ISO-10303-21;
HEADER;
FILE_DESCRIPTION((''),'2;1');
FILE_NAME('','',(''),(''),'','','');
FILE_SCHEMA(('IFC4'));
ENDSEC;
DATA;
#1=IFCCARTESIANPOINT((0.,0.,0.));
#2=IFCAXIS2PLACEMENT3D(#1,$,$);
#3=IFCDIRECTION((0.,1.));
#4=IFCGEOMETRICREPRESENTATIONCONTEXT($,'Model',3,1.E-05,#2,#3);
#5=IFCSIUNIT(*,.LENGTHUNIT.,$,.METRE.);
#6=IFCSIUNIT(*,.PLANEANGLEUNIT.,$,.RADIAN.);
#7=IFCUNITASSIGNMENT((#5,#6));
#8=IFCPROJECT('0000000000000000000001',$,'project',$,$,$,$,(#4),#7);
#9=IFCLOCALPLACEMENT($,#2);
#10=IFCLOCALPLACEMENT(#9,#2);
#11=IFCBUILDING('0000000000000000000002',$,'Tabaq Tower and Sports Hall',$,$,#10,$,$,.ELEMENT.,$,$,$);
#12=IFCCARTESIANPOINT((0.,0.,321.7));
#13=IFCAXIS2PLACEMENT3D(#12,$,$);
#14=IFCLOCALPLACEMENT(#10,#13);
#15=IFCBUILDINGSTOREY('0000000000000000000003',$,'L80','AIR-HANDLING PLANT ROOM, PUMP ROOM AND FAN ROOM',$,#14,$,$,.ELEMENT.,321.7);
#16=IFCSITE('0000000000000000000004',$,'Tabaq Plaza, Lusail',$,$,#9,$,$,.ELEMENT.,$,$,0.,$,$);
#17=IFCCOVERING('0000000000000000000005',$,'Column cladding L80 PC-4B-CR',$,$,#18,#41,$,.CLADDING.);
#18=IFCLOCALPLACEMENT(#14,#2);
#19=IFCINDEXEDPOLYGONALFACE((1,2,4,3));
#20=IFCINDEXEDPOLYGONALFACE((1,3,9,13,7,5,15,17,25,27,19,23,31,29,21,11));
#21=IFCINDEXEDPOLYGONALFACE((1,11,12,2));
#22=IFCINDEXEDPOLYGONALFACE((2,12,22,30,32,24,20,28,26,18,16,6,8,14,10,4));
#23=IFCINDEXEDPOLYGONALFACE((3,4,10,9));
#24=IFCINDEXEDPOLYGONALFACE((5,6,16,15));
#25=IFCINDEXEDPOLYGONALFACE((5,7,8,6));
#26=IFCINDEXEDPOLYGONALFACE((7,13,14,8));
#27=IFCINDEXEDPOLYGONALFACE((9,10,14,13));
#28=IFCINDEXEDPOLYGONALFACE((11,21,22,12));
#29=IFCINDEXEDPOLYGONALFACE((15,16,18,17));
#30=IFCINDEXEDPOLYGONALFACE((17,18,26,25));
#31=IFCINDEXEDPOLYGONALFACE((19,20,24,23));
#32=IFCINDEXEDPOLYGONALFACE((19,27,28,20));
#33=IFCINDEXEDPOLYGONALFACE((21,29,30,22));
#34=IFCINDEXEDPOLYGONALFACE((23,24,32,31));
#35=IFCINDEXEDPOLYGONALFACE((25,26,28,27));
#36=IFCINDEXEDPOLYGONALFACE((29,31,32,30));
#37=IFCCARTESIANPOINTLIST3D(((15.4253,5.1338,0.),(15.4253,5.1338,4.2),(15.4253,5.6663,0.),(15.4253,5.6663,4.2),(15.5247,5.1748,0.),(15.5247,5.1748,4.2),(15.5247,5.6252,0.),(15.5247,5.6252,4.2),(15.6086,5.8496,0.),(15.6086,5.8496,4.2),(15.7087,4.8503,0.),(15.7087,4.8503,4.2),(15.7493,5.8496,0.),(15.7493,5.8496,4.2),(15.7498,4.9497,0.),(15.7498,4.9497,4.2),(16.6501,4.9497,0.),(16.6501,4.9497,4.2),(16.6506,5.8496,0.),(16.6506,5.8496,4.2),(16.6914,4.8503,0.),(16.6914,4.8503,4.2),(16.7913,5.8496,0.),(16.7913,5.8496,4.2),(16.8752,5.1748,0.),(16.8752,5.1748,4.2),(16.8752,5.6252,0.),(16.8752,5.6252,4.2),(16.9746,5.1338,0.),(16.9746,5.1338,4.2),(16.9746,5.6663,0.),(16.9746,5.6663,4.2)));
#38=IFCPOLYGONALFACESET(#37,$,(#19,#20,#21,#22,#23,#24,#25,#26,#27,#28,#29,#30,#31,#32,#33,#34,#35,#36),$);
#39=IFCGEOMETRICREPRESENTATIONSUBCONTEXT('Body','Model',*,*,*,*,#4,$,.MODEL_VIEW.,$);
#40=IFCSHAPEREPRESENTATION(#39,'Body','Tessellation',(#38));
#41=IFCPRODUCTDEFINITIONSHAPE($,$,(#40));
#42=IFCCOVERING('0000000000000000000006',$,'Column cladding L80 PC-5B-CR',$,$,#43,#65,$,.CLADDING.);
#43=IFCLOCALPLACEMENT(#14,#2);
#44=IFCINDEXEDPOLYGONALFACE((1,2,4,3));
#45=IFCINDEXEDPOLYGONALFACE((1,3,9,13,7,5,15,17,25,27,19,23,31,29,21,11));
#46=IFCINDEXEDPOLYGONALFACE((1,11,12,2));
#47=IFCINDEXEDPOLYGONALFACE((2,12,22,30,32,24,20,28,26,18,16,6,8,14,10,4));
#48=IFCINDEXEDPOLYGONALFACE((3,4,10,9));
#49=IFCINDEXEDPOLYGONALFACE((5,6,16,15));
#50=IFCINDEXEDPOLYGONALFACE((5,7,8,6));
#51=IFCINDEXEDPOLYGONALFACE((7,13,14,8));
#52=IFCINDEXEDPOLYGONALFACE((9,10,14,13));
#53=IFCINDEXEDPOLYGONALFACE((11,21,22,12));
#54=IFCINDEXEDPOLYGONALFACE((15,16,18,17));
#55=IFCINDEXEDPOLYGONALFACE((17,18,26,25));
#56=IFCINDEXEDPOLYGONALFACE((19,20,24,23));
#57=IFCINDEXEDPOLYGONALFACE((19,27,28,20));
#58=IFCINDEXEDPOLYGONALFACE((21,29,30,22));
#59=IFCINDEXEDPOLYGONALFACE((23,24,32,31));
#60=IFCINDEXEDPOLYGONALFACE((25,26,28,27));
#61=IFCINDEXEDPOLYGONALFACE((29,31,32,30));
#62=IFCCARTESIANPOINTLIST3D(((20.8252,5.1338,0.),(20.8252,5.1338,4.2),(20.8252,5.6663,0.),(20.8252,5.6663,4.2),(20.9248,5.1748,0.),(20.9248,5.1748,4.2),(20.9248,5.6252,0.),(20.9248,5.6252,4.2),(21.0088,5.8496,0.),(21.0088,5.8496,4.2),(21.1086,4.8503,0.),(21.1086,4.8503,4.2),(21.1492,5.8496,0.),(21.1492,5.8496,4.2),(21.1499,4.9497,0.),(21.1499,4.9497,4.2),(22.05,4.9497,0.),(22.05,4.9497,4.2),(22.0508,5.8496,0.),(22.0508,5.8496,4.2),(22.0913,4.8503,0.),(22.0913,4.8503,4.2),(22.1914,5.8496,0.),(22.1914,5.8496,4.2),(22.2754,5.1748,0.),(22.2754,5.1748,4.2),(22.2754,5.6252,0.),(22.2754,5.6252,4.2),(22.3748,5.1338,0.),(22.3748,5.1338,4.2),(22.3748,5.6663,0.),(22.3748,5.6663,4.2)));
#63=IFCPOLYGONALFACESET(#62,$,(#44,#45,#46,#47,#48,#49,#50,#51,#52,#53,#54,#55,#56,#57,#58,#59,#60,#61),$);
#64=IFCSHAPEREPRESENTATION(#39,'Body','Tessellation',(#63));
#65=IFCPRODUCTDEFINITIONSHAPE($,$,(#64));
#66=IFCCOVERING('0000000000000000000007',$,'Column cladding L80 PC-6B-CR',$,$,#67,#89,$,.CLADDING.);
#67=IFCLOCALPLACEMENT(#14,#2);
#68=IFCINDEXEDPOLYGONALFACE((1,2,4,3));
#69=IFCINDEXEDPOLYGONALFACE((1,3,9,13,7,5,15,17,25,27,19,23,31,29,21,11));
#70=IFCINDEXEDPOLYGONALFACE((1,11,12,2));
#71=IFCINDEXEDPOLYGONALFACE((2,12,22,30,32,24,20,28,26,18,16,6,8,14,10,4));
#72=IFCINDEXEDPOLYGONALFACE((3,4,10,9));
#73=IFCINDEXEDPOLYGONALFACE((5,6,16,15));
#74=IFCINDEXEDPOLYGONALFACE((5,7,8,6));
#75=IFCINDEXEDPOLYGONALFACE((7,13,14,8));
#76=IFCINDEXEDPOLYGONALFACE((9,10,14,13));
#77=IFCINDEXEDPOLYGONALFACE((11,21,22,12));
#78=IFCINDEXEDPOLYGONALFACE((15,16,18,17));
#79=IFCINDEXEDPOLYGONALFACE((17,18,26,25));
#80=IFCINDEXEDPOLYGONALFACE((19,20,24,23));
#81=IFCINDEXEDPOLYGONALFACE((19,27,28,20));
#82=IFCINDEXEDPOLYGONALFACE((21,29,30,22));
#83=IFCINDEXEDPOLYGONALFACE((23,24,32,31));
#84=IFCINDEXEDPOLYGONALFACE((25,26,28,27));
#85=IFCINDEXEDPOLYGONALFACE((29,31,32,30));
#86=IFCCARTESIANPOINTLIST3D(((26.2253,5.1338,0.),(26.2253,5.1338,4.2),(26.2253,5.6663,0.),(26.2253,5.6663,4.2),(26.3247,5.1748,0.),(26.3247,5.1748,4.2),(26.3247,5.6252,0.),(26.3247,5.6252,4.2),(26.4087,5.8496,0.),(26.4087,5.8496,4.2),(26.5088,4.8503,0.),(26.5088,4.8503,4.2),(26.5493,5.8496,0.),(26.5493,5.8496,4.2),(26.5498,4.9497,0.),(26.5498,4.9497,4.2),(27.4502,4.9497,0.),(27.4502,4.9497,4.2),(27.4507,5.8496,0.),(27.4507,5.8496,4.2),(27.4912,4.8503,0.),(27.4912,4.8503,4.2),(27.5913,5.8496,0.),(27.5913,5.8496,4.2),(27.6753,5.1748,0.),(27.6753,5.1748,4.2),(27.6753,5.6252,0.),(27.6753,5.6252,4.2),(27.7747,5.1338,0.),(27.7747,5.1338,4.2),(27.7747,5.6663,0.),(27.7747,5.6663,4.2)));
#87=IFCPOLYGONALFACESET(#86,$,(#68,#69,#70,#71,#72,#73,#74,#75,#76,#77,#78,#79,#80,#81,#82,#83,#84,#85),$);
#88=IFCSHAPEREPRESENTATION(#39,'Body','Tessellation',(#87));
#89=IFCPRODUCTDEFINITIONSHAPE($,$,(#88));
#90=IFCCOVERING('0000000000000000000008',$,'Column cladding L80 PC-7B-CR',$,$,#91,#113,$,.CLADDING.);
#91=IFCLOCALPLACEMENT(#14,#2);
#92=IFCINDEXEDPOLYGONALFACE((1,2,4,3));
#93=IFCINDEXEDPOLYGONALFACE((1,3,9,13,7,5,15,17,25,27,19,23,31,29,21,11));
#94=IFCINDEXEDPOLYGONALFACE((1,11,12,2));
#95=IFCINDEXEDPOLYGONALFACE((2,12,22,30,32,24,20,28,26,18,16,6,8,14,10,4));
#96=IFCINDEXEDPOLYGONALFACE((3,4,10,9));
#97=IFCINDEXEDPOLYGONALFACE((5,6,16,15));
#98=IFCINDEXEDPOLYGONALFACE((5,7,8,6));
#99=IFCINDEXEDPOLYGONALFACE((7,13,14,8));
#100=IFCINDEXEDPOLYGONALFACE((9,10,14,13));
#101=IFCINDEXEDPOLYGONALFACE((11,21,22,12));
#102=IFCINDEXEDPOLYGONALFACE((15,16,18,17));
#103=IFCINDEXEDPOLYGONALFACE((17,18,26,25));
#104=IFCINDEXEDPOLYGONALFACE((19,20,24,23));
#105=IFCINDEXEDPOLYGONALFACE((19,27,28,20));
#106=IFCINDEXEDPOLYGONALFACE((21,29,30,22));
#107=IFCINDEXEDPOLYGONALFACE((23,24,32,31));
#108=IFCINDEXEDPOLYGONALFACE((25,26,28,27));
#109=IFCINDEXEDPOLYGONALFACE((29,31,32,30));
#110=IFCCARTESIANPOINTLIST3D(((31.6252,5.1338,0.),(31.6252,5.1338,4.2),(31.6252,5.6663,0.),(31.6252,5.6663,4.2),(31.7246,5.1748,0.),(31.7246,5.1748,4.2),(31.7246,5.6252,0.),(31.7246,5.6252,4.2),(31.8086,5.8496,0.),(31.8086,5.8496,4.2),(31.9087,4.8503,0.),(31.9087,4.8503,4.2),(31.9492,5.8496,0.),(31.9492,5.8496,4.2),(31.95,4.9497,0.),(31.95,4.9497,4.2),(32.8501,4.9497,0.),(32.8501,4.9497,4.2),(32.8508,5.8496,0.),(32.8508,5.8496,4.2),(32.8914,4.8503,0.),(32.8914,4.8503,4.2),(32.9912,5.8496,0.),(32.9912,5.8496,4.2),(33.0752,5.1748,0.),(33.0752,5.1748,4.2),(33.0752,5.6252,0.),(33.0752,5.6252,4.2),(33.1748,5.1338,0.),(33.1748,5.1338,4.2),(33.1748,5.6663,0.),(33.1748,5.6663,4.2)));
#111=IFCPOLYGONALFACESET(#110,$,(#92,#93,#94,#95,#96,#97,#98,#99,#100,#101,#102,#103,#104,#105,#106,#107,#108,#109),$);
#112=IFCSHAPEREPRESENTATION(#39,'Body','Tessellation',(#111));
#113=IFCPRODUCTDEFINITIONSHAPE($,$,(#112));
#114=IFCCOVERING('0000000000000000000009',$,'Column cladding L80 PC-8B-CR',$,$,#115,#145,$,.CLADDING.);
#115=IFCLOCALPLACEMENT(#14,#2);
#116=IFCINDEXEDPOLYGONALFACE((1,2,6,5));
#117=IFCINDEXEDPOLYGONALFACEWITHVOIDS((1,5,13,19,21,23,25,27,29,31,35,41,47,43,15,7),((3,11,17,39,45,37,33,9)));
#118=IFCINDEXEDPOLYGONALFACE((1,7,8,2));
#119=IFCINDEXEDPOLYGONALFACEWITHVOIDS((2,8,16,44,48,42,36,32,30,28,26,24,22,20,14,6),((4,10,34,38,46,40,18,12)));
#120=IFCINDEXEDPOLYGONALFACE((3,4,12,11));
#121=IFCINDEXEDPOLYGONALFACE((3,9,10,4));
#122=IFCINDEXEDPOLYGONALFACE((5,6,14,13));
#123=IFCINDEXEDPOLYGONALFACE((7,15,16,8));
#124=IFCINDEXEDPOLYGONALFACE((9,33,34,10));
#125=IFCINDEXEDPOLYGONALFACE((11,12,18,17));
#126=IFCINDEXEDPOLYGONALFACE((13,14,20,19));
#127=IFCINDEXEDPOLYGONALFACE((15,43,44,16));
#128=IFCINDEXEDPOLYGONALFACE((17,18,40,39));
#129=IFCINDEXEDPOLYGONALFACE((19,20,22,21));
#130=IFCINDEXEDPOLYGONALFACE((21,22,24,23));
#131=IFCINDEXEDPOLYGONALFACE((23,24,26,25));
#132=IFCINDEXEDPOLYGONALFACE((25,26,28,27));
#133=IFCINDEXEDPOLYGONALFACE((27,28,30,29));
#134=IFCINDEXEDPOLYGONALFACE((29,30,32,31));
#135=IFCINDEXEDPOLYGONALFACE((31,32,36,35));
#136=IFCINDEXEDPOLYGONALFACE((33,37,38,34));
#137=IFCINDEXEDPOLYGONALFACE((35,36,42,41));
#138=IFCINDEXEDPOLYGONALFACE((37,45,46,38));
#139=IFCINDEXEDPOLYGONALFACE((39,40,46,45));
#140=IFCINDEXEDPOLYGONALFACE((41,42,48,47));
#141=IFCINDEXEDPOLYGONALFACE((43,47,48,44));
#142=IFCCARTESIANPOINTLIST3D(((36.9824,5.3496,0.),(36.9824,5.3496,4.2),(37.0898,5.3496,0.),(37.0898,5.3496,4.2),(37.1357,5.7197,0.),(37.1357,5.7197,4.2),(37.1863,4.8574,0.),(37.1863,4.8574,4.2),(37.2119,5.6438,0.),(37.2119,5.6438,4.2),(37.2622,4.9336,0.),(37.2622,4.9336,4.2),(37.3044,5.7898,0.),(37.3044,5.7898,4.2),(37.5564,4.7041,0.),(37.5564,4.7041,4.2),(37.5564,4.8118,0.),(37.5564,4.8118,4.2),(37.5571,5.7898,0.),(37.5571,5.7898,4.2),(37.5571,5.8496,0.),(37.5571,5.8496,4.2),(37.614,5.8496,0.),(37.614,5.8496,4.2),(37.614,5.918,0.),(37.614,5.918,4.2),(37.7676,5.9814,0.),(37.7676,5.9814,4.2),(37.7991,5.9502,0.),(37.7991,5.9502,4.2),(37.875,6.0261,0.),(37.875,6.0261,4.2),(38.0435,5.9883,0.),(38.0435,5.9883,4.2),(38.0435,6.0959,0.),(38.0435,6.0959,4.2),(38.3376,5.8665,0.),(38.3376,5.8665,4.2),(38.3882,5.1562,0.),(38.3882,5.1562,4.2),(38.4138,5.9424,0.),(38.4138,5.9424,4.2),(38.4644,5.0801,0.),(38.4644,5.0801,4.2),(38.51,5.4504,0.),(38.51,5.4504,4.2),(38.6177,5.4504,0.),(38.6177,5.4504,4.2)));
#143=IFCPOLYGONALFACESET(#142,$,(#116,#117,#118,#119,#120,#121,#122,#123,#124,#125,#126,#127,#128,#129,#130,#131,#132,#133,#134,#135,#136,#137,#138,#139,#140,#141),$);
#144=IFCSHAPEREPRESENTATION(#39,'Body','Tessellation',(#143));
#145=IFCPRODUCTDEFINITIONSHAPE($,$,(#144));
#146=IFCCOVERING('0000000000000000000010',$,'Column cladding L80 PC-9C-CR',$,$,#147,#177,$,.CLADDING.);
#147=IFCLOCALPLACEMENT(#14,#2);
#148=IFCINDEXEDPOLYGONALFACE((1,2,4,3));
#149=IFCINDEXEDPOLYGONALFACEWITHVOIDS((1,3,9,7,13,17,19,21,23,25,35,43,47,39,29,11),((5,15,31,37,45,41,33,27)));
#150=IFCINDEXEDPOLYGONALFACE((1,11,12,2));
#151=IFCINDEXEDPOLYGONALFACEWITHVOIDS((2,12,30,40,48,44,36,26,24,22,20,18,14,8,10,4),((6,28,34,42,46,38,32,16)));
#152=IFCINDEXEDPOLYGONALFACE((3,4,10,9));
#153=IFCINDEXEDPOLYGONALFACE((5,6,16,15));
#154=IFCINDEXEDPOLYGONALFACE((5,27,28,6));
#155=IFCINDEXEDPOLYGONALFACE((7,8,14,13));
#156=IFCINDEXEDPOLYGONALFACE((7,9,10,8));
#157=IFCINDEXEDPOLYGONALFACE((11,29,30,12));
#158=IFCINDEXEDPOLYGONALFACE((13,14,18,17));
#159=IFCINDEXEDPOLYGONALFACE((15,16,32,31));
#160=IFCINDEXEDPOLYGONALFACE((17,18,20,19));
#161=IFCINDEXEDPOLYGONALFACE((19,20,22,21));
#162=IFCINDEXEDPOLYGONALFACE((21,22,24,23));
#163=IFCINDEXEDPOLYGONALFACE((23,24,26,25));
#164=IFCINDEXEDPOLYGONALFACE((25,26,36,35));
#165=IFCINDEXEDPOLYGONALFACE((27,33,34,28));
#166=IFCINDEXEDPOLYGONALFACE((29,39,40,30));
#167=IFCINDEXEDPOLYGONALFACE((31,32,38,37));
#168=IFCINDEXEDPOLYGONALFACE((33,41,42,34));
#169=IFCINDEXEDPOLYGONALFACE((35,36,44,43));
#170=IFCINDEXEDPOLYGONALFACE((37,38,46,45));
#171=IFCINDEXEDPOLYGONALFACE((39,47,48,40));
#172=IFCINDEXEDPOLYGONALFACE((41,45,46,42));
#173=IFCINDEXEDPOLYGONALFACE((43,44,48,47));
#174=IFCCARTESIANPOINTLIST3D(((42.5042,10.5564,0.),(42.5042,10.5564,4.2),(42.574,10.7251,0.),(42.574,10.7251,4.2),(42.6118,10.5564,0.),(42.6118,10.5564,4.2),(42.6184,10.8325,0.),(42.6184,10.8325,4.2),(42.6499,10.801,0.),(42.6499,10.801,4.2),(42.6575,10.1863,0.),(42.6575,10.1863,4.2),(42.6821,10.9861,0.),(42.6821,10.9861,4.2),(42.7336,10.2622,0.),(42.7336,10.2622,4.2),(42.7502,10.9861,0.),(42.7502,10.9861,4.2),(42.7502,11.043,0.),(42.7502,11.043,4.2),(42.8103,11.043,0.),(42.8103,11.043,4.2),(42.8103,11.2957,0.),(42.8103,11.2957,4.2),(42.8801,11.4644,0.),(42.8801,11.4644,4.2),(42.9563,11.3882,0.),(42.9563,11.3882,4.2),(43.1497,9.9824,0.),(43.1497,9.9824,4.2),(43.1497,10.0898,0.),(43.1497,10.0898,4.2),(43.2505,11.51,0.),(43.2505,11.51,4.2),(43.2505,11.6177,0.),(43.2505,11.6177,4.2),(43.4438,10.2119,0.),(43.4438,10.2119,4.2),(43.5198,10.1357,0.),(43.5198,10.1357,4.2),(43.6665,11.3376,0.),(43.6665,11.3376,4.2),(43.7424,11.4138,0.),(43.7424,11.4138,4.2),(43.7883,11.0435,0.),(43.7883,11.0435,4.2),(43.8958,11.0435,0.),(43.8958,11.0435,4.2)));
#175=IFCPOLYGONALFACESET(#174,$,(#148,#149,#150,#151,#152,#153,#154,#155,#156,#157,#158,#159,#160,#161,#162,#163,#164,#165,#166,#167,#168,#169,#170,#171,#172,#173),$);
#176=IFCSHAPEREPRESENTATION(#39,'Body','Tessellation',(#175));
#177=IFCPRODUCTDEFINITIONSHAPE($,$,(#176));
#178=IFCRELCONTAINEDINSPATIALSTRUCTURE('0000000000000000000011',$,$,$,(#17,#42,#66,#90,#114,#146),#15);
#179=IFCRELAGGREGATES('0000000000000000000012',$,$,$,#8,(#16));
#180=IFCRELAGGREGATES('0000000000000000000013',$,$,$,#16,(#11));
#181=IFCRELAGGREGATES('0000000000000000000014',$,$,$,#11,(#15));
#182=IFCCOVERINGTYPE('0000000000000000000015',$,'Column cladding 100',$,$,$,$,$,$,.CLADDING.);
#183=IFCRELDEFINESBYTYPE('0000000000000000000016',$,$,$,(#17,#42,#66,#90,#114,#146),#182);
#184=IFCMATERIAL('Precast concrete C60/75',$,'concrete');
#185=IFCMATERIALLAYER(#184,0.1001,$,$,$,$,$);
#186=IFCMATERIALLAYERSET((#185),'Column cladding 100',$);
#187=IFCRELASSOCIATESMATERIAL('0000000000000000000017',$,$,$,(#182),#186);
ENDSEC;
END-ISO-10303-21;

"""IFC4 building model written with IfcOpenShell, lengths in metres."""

from ifc_helpers import new_model, si_unit, direction, frame, origin, place, context, subcontext, project, spatial, polyline, outline, extrude, material, layer, layer_set, type_object, element, save


model = new_model("IFC4")

# Units and contexts
model_context = context("Model", 3, precision=1e-05, world=origin(), true_north=direction((0.0, 1.0)))
body_context = subcontext(model_context, "Body", "Model", "MODEL_VIEW")
ifc_project = project(units=[si_unit("LENGTHUNIT", "METRE"), si_unit("PLANEANGLEUNIT", "RADIAN")], contexts=[model_context])

# Site, building, storey
site_placement = place(None, origin())
site = spatial("IfcSite", under=ifc_project, at=site_placement, Name="Tabaq Plaza, Lusail", CompositionType="ELEMENT", RefElevation=0.0)
building_placement = place(site_placement, origin())
building = spatial("IfcBuilding", under=site, at=building_placement, Name="Tabaq Tower and Sports Hall", CompositionType="ELEMENT")
storey_placement = place(building_placement, frame((0.0, 0.0, 321.7)))
storey = spatial("IfcBuildingStorey", under=building, at=storey_placement, Name="L80", Description="AIR-HANDLING PLANT ROOM, PUMP ROOM AND FAN ROOM", CompositionType="ELEMENT", Elevation=321.7)

# Coverings
ifc_material_1 = material(Name="Precast concrete C60/75", Category="concrete")
ifc_layer_1 = layer(ifc_material_1, 0.1001)
ifc_layer_set_1 = layer_set([ifc_layer_1], Name="Column cladding 100")
covering_type_1 = type_object("IfcCoveringType", Name="Column cladding 100", PredefinedType="CLADDING", material=ifc_layer_set_1)
covering_1_placement = place(storey_placement, origin())
element("IfcCovering", 1, at=covering_1_placement, inside=storey, type_object=covering_type_1, Name="Column cladding L80 PC-4B-CR", PredefinedType="CLADDING", context=body_context, shape_type="SweptSolid", body=[
    extrude(outline(polyline([(15.4253, 5.6663), (15.6086, 5.8496), (15.7493, 5.8496), (15.5247, 5.6252), (15.5247, 5.1748), (15.7498, 4.9497), (16.6501, 4.9497), (16.8752, 5.1748), (16.8752, 5.6252), (16.6506, 5.8496), (16.7913, 5.8496), (16.9746, 5.6663), (16.9746, 5.1338), (16.6914, 4.8503), (15.7087, 4.8503), (15.4253, 5.1338), (15.4253, 5.6663)])), origin(), (0.0, 0.0, 1.0), 4.2),
])
covering_2_placement = place(storey_placement, origin())
element("IfcCovering", 2, at=covering_2_placement, inside=storey, type_object=covering_type_1, Name="Column cladding L80 PC-5B-CR", PredefinedType="CLADDING", context=body_context, shape_type="SweptSolid", body=[
    extrude(outline(polyline([(20.8252, 5.6663), (21.0088, 5.8496), (21.1492, 5.8496), (20.9248, 5.6252), (20.9248, 5.1748), (21.1499, 4.9497), (22.05, 4.9497), (22.2754, 5.1748), (22.2754, 5.6252), (22.0508, 5.8496), (22.1914, 5.8496), (22.3748, 5.6663), (22.3748, 5.1338), (22.0913, 4.8503), (21.1086, 4.8503), (20.8252, 5.1338), (20.8252, 5.6663)])), origin(), (0.0, 0.0, 1.0), 4.2),
])
covering_3_placement = place(storey_placement, origin())
element("IfcCovering", 3, at=covering_3_placement, inside=storey, type_object=covering_type_1, Name="Column cladding L80 PC-6B-CR", PredefinedType="CLADDING", context=body_context, shape_type="SweptSolid", body=[
    extrude(outline(polyline([(26.2253, 5.6663), (26.4087, 5.8496), (26.5493, 5.8496), (26.3247, 5.6252), (26.3247, 5.1748), (26.5498, 4.9497), (27.4502, 4.9497), (27.6753, 5.1748), (27.6753, 5.6252), (27.4507, 5.8496), (27.5913, 5.8496), (27.7747, 5.6663), (27.7747, 5.1338), (27.4912, 4.8503), (26.5088, 4.8503), (26.2253, 5.1338), (26.2253, 5.6663)])), origin(), (0.0, 0.0, 1.0), 4.2),
])
covering_4_placement = place(storey_placement, origin())
element("IfcCovering", 4, at=covering_4_placement, inside=storey, type_object=covering_type_1, Name="Column cladding L80 PC-7B-CR", PredefinedType="CLADDING", context=body_context, shape_type="SweptSolid", body=[
    extrude(outline(polyline([(31.6252, 5.6663), (31.8086, 5.8496), (31.9492, 5.8496), (31.7246, 5.6252), (31.7246, 5.1748), (31.95, 4.9497), (32.8501, 4.9497), (33.0752, 5.1748), (33.0752, 5.6252), (32.8508, 5.8496), (32.9912, 5.8496), (33.1748, 5.6663), (33.1748, 5.1338), (32.8914, 4.8503), (31.9087, 4.8503), (31.6252, 5.1338), (31.6252, 5.6663)])), origin(), (0.0, 0.0, 1.0), 4.2),
])
covering_5_placement = place(storey_placement, origin())
element("IfcCovering", 5, at=covering_5_placement, inside=storey, type_object=covering_type_1, Name="Column cladding L80 PC-8B-CR", PredefinedType="CLADDING", context=body_context, shape_type="SweptSolid", body=[
    extrude(outline(polyline([(36.9824, 5.3496), (37.1357, 5.7197), (37.3044, 5.7898), (37.5571, 5.7898), (37.5571, 5.8496), (37.614, 5.8496), (37.614, 5.918), (37.7676, 5.9814), (37.7991, 5.9502), (37.875, 6.0261), (38.0435, 6.0959), (38.4138, 5.9424), (38.6177, 5.4504), (38.4644, 5.0801), (37.5564, 4.7041), (37.1863, 4.8574), (36.9824, 5.3496)]), holes=[polyline([(38.51, 5.4504), (38.3376, 5.8665), (38.0435, 5.9883), (37.2119, 5.6438), (37.0898, 5.3496), (37.2622, 4.9336), (37.5564, 4.8118), (38.3882, 5.1562), (38.51, 5.4504)])]), origin(), (0.0, 0.0, 1.0), 4.2),
])
covering_6_placement = place(storey_placement, origin())
element("IfcCovering", 6, at=covering_6_placement, inside=storey, type_object=covering_type_1, Name="Column cladding L80 PC-9C-CR", PredefinedType="CLADDING", context=body_context, shape_type="SweptSolid", body=[
    extrude(outline(polyline([(42.6575, 10.1863), (42.5042, 10.5564), (42.574, 10.7251), (42.6499, 10.801), (42.6184, 10.8325), (42.6821, 10.9861), (42.7502, 10.9861), (42.7502, 11.043), (42.8103, 11.043), (42.8103, 11.2957), (42.8801, 11.4644), (43.2505, 11.6177), (43.7424, 11.4138), (43.8958, 11.0435), (43.5198, 10.1357), (43.1497, 9.9824), (42.6575, 10.1863)]), holes=[polyline([(43.6665, 11.3376), (43.2505, 11.51), (42.9563, 11.3882), (42.6118, 10.5564), (42.7336, 10.2622), (43.1497, 10.0898), (43.4438, 10.2119), (43.7883, 11.0435), (43.6665, 11.3376)])]), origin(), (0.0, 0.0, 1.0), 4.2),
])

save(model, "model.ifc")
